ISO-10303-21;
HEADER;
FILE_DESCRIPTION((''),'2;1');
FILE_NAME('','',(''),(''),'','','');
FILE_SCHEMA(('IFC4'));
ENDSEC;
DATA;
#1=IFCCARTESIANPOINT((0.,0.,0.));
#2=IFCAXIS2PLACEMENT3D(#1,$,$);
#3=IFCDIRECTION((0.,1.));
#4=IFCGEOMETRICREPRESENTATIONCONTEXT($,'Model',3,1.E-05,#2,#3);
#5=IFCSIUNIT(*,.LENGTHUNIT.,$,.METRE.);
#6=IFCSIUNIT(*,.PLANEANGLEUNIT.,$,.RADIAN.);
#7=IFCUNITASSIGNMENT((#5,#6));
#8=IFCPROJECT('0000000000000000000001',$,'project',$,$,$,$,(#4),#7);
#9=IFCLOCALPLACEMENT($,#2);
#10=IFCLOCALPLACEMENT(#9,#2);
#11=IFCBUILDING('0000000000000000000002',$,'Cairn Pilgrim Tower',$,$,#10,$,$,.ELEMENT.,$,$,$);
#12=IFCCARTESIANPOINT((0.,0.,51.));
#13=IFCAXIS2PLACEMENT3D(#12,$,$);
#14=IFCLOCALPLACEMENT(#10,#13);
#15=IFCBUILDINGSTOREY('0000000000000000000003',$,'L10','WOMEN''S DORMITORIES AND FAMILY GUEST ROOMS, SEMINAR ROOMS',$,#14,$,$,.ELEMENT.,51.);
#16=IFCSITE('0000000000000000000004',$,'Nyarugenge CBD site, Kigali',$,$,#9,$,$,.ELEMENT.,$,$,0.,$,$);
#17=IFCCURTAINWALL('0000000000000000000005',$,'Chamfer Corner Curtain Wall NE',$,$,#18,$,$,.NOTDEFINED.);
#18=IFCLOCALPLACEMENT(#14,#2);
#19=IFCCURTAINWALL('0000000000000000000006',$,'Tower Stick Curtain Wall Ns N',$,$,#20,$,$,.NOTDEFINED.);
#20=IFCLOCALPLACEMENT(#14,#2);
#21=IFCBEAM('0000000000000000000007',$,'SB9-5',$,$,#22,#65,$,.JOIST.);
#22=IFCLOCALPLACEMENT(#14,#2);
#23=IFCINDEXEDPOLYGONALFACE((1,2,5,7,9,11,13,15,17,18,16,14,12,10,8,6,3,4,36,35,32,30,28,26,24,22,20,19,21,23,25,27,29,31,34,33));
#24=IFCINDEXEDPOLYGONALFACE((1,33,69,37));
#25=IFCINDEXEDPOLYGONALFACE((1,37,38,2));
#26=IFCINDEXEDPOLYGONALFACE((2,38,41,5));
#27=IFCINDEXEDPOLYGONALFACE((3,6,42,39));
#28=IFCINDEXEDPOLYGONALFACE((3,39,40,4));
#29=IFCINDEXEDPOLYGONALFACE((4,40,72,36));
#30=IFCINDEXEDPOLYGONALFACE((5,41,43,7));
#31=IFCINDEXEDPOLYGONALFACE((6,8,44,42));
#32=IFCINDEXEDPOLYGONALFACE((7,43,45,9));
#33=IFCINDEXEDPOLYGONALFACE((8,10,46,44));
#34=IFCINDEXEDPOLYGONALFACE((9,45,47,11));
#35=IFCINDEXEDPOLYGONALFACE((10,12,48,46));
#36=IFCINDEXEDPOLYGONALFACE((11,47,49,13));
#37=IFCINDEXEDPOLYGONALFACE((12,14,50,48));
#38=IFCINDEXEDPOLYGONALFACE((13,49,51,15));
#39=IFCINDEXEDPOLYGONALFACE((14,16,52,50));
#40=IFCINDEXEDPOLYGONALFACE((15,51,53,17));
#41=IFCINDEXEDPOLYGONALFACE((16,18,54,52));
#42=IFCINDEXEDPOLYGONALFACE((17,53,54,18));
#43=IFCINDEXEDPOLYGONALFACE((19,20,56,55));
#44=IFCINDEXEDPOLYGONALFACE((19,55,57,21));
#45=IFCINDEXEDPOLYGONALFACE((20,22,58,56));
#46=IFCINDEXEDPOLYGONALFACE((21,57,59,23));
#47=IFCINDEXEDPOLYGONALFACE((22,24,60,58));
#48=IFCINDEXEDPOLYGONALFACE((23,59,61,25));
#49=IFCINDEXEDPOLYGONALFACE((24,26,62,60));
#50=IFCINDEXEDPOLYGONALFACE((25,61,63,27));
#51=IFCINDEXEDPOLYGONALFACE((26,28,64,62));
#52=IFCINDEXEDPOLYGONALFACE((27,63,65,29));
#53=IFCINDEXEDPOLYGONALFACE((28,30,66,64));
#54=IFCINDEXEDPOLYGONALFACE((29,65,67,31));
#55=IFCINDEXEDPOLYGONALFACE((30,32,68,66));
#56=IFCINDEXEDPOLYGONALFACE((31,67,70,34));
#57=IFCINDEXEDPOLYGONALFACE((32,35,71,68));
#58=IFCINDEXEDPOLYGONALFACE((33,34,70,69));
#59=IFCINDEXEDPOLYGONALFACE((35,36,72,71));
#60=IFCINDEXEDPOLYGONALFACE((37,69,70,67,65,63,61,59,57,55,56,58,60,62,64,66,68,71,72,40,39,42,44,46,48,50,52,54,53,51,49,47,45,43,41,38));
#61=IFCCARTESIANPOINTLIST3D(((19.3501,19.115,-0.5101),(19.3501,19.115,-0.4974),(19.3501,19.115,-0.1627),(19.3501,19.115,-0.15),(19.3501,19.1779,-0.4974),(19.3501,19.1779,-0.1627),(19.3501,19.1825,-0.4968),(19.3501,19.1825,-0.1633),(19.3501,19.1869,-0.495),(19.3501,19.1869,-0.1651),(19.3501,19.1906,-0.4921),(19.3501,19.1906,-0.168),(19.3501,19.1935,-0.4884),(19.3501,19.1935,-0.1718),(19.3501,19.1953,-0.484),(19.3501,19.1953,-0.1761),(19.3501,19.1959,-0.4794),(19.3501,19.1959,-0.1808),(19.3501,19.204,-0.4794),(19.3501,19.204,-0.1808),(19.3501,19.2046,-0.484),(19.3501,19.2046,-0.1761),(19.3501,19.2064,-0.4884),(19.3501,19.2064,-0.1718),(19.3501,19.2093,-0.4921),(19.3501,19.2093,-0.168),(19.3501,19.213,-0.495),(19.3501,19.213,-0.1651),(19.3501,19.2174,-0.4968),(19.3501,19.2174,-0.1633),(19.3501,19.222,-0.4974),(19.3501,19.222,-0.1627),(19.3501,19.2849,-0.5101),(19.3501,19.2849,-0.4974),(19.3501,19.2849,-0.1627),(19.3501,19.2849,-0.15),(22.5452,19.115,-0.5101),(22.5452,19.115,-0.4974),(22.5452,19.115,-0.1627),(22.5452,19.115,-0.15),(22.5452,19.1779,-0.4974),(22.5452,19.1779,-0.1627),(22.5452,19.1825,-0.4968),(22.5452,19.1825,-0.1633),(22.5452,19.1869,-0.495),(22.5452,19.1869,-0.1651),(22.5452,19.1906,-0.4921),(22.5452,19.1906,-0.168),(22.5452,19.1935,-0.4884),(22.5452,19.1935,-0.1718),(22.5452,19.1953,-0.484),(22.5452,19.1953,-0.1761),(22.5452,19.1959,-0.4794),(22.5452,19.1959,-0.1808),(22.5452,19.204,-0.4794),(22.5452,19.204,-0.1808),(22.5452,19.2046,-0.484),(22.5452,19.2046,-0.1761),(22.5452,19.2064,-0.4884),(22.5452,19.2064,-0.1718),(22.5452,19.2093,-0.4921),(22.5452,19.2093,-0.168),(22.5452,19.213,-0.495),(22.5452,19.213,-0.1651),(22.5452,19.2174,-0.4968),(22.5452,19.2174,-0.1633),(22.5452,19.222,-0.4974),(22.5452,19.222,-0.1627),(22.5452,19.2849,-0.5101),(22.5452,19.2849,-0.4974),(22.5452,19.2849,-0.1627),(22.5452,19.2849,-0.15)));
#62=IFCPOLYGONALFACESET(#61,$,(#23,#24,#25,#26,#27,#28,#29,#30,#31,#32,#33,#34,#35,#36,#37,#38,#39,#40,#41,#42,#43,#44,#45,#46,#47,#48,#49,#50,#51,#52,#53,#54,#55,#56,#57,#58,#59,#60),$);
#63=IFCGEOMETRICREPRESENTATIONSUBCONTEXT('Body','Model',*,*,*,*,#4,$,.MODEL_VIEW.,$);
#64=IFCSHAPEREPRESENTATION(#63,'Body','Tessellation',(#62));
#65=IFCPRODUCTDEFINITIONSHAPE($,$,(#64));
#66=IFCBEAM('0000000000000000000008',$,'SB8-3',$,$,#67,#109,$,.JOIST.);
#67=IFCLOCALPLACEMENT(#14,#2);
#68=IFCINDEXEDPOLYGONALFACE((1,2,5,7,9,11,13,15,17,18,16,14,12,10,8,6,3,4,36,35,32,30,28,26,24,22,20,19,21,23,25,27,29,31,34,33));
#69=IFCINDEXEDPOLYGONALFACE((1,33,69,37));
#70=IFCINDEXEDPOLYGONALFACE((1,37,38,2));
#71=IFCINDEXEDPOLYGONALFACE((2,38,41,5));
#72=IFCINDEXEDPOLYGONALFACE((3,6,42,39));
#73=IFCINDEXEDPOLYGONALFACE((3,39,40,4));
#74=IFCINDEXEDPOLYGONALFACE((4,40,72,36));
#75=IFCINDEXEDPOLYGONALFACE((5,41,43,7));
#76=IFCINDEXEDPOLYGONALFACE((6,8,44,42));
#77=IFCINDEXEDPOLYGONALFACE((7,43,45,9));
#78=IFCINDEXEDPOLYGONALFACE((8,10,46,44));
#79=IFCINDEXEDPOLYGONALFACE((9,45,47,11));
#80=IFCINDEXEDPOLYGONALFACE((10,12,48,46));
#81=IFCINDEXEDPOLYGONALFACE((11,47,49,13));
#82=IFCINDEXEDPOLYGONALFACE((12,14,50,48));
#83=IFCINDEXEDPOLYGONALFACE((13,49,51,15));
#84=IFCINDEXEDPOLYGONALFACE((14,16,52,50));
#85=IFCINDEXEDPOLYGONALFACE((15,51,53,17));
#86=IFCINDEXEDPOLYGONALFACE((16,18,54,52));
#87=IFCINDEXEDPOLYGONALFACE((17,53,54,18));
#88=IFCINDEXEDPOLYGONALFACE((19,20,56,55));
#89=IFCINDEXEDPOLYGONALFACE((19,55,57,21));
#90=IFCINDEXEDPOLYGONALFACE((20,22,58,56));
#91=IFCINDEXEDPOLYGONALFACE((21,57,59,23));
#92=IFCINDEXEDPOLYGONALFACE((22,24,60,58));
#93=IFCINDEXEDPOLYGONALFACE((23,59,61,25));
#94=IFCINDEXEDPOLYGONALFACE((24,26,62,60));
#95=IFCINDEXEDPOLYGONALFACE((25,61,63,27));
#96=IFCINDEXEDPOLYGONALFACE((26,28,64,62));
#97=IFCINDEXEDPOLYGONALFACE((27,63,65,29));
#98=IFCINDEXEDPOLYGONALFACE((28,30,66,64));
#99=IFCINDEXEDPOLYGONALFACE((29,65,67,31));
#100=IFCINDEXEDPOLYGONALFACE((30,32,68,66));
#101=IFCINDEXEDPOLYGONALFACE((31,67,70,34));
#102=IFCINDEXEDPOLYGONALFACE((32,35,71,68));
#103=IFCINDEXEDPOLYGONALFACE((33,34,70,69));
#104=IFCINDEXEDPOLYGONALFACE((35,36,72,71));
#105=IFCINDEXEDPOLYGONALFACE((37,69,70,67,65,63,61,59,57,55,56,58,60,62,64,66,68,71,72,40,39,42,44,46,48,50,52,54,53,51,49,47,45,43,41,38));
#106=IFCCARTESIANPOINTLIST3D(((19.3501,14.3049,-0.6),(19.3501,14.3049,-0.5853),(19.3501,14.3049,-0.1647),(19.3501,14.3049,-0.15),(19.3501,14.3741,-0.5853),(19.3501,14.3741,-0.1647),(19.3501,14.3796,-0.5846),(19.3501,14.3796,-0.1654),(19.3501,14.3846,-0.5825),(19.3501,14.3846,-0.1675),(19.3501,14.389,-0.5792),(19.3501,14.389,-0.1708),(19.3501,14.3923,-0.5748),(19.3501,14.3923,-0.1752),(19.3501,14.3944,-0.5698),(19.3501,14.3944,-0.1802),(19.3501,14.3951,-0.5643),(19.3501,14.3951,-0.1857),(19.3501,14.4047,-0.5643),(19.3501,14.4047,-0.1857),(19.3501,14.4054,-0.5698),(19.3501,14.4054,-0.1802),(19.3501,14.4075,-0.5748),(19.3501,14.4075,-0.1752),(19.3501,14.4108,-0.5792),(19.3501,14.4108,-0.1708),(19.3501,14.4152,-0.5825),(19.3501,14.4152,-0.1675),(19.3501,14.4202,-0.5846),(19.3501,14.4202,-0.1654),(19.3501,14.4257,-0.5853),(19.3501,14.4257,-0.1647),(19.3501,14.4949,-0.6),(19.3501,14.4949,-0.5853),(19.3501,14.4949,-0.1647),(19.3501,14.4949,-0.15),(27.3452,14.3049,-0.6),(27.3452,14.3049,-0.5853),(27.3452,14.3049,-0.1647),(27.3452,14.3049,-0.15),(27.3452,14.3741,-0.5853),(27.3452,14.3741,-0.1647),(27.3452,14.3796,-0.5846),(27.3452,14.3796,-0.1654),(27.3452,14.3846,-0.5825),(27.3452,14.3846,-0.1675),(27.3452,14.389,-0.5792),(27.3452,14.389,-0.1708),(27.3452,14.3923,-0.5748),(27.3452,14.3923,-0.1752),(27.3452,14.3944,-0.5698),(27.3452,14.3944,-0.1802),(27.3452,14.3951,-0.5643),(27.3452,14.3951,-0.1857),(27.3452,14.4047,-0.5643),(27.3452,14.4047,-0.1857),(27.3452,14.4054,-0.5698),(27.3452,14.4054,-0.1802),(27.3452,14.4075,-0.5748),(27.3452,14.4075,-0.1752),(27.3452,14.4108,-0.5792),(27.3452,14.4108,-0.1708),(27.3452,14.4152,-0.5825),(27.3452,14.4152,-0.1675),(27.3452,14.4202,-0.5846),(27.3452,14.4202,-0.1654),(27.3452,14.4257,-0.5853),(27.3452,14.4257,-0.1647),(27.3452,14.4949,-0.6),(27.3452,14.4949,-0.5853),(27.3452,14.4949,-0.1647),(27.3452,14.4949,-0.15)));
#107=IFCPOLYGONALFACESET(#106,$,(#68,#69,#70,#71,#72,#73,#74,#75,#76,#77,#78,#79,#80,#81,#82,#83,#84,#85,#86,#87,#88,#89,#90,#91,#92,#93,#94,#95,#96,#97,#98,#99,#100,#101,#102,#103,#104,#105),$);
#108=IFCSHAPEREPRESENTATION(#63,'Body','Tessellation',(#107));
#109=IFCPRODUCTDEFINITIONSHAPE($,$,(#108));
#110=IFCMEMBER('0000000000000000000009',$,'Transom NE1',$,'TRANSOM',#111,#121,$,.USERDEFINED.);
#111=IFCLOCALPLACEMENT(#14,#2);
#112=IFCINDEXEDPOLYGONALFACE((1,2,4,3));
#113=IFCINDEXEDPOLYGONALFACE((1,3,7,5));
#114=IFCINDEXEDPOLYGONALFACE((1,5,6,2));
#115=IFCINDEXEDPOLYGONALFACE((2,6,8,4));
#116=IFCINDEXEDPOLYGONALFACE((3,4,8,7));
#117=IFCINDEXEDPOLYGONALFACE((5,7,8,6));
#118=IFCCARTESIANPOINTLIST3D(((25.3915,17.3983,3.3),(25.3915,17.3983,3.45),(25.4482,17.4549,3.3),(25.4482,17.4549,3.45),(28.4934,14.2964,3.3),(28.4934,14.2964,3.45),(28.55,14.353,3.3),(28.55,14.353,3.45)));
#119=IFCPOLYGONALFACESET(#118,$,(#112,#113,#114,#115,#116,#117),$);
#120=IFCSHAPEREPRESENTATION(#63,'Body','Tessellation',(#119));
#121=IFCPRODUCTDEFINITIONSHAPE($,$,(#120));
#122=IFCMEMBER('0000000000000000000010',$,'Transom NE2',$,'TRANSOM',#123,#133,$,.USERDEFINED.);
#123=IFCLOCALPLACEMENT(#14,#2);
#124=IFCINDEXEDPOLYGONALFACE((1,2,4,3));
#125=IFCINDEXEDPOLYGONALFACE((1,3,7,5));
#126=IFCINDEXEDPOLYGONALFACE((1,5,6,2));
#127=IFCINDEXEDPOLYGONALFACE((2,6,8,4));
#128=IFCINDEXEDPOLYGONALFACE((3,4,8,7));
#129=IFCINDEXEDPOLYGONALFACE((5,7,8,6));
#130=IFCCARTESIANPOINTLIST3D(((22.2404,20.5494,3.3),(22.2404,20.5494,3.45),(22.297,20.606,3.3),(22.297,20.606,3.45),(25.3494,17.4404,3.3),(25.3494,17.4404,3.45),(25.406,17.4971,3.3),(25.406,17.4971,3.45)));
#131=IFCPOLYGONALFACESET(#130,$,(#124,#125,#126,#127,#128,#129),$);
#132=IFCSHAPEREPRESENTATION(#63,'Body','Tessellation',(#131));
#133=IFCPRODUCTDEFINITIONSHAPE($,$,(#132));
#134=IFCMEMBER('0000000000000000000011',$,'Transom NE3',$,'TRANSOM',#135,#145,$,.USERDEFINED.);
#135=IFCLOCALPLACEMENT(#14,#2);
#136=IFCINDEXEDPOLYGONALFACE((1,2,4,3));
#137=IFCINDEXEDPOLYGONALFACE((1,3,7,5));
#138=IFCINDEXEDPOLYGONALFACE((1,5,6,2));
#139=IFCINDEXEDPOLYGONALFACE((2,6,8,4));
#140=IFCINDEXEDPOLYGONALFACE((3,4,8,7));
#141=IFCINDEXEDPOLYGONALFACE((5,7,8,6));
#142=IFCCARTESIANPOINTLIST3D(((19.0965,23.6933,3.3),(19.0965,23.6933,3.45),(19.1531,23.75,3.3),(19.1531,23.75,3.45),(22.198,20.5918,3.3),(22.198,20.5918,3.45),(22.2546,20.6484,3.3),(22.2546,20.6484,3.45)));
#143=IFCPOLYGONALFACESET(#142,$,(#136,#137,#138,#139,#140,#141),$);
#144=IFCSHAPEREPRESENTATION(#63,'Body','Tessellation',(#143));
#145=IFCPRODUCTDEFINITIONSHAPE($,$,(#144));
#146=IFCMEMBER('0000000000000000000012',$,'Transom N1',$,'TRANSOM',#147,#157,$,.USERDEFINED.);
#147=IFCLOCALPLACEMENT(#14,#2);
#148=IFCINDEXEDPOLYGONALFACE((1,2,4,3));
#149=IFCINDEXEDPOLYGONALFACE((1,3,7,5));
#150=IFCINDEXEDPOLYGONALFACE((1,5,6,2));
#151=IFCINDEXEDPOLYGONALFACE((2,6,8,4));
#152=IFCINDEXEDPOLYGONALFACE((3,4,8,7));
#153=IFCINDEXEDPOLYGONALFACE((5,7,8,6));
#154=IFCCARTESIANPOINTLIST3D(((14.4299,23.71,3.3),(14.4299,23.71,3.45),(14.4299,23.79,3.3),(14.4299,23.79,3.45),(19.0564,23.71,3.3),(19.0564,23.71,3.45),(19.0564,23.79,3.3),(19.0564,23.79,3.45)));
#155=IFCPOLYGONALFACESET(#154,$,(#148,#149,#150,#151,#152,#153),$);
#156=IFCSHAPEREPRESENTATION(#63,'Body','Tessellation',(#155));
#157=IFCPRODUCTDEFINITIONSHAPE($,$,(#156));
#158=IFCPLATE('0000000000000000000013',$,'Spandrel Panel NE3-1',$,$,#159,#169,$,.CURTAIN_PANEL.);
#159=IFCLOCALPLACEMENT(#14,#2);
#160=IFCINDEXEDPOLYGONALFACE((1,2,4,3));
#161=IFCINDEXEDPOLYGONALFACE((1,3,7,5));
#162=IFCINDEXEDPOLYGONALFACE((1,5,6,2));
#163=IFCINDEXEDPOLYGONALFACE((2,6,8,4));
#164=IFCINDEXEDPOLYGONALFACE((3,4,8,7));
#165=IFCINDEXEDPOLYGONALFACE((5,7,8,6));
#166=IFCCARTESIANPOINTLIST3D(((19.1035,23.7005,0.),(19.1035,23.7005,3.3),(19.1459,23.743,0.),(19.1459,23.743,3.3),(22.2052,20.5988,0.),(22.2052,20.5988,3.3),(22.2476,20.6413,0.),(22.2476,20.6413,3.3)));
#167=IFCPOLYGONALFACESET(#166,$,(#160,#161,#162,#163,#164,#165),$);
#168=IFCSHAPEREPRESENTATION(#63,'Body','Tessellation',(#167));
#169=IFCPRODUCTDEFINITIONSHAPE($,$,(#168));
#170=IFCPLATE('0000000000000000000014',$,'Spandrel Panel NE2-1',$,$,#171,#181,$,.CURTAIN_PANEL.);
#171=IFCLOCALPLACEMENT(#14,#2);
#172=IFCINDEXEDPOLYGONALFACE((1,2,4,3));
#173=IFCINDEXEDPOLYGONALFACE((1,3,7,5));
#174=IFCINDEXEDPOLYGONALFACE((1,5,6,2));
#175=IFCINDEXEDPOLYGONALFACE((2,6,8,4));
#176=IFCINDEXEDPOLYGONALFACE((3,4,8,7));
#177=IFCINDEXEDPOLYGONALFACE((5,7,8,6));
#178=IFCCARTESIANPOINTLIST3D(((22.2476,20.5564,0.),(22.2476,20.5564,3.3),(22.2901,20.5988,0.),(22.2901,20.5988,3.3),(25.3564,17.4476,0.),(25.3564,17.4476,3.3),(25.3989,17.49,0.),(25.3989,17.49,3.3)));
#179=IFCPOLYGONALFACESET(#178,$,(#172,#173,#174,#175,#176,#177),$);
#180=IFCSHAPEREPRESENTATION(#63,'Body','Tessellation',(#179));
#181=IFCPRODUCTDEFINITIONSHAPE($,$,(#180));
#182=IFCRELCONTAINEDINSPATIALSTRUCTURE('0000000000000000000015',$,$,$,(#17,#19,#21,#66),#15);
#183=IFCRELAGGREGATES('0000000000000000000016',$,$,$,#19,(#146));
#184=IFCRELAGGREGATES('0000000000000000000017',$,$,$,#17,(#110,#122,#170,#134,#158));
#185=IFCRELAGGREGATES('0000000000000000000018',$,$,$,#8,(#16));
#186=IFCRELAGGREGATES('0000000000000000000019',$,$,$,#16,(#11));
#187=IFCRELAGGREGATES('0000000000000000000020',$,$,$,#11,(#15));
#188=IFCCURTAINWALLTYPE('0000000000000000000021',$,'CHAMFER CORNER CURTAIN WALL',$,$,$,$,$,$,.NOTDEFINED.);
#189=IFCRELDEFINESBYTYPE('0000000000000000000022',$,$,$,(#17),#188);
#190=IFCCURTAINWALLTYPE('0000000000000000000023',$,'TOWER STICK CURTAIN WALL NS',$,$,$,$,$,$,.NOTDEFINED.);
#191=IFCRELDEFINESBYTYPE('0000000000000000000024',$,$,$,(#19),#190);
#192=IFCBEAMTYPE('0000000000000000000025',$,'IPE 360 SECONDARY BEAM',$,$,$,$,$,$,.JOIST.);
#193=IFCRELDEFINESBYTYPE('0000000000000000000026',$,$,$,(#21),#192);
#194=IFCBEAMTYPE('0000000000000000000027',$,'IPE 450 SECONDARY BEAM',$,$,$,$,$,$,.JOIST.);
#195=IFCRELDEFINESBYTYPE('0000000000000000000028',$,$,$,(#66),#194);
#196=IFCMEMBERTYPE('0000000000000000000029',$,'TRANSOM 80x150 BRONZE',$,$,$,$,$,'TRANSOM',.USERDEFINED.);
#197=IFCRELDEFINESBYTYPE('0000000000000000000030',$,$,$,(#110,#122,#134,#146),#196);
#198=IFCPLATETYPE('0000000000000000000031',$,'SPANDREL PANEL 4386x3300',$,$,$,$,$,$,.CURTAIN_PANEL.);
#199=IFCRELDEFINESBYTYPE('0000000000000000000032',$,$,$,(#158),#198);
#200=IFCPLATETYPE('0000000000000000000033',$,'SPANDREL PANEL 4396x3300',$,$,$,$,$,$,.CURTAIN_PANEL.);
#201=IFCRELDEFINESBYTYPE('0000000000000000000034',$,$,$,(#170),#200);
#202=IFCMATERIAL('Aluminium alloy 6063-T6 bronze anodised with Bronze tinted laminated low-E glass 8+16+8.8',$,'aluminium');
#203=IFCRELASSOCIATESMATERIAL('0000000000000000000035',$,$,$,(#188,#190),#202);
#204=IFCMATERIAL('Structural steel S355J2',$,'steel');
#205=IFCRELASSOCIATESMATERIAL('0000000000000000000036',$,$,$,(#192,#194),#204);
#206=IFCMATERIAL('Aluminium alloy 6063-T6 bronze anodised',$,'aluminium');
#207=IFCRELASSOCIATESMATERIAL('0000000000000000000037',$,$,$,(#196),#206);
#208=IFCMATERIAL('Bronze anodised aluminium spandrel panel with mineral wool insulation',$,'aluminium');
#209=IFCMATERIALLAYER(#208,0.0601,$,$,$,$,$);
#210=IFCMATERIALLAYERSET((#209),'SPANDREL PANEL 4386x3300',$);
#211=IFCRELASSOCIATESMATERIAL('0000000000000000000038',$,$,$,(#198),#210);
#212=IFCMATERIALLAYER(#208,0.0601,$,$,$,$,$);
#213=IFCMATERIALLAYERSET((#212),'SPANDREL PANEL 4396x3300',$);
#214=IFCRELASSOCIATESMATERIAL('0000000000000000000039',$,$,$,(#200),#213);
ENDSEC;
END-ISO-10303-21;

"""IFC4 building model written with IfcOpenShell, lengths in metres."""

from ifc_helpers import new_model, si_unit, direction, frame, origin, origin_2d, place, context, subcontext, project, spatial, rectangle, i_section, extrude, material, layer, layer_set, material_profile, profile_set, type_object, element, aggregate, save


model = new_model("IFC4")

# Units and contexts
model_context = context("Model", 3, precision=1e-05, world=origin(), true_north=direction((0.0, 1.0)))
body_context = subcontext(model_context, "Body", "Model", "MODEL_VIEW")
ifc_project = project(units=[si_unit("LENGTHUNIT", "METRE"), si_unit("PLANEANGLEUNIT", "RADIAN")], contexts=[model_context])

# Site, building, storey
site_placement = place(None, origin())
site = spatial("IfcSite", under=ifc_project, at=site_placement, Name="Nyarugenge CBD site, Kigali", CompositionType="ELEMENT", RefElevation=0.0)
building_placement = place(site_placement, origin())
building = spatial("IfcBuilding", under=site, at=building_placement, Name="Cairn Pilgrim Tower", CompositionType="ELEMENT")
storey_placement = place(building_placement, frame((0.0, 0.0, 51.0)))
storey = spatial("IfcBuildingStorey", under=building, at=storey_placement, Name="L10", Description="WOMEN'S DORMITORIES AND FAMILY GUEST ROOMS, SEMINAR ROOMS", CompositionType="ELEMENT", Elevation=51.0)

# Shared definitions
ifc_material_1 = material(Name="Structural steel S355J2", Category="steel")

# Curtain wall
ifc_material_2 = material(Name="Aluminium alloy 6063-T6 bronze anodised with Bronze tinted laminated low-E glass 8+16+8.8", Category="aluminium")
curtain_wall_type_1 = type_object("IfcCurtainWallType", Name="CHAMFER CORNER CURTAIN WALL", PredefinedType="NOTDEFINED", material=ifc_material_2)
curtain_wall_1_placement = place(storey_placement, origin())
curtain_wall_1 = element("IfcCurtainWall", 1, at=curtain_wall_1_placement, inside=storey, type_object=curtain_wall_type_1, Name="Chamfer Corner Curtain Wall NE", PredefinedType="NOTDEFINED")
ifc_material_3 = material(Name="Aluminium alloy 6063-T6 bronze anodised", Category="aluminium")

# Curtain wall
curtain_wall_type_2 = type_object("IfcCurtainWallType", Name="TOWER STICK CURTAIN WALL NS", PredefinedType="NOTDEFINED", material=ifc_material_2)
curtain_wall_2_placement = place(storey_placement, origin())
curtain_wall_2 = element("IfcCurtainWall", 2, at=curtain_wall_2_placement, inside=storey, type_object=curtain_wall_type_2, Name="Tower Stick Curtain Wall Ns N", PredefinedType="NOTDEFINED")

# Beams
ifc_material_profile_1 = material_profile(ifc_material_1, i_section(OverallWidth=0.1699, OverallDepth=0.3601, WebThickness=0.0081, FlangeThickness=0.0127, FilletRadius=0.0181, at=origin_2d()), Name="IPE 360")
ifc_profile_set_1 = profile_set([ifc_material_profile_1], Name="Structural steel S355J2")
beam_type_1 = type_object("IfcBeamType", Name="IPE 360 SECONDARY BEAM", PredefinedType="JOIST", material=ifc_profile_set_1)
beam_1_placement = place(storey_placement, frame((19.3501, 19.2, -0.3301), z_axis=(1.0, 0.0, 0.0), x_axis=(0.0, 1.0, 0.0)))
element("IfcBeam", 3, at=beam_1_placement, inside=storey, type_object=beam_type_1, Name="SB9-5", PredefinedType="JOIST", context=body_context, shape_type="SweptSolid", body=[
    extrude(i_section(OverallWidth=0.1699, OverallDepth=0.3601, WebThickness=0.0081, FlangeThickness=0.0127, FilletRadius=0.0181, at=origin_2d()), origin(), (0.0, 0.0, 1.0), 3.1951),
])
ifc_material_profile_2 = material_profile(ifc_material_1, i_section(OverallWidth=0.1899, OverallDepth=0.45, WebThickness=0.0095, FlangeThickness=0.0146, FilletRadius=0.021, at=origin_2d()), Name="IPE 450")
ifc_profile_set_2 = profile_set([ifc_material_profile_2], Name="Structural steel S355J2")
beam_type_2 = type_object("IfcBeamType", Name="IPE 450 SECONDARY BEAM", PredefinedType="JOIST", material=ifc_profile_set_2)
beam_2_placement = place(storey_placement, frame((19.3501, 14.3999, -0.375), z_axis=(1.0, 0.0, 0.0), x_axis=(0.0, 1.0, 0.0)))
element("IfcBeam", 4, at=beam_2_placement, inside=storey, type_object=beam_type_2, Name="SB8-3", PredefinedType="JOIST", context=body_context, shape_type="SweptSolid", body=[
    extrude(i_section(OverallWidth=0.1899, OverallDepth=0.45, WebThickness=0.0095, FlangeThickness=0.0146, FilletRadius=0.021, at=origin_2d()), origin(), (0.0, 0.0, 1.0), 7.9951),
])

# Members
ifc_material_profile_3 = material_profile(ifc_material_3, rectangle(XDim=0.0801, YDim=0.1499, at=origin_2d()), Name="TRANSOM 80x150 BRONZE")
ifc_profile_set_3 = profile_set([ifc_material_profile_3], Name="Aluminium alloy 6063-T6 bronze anodised")
member_type_1 = type_object("IfcMemberType", Name="TRANSOM 80x150 BRONZE", ElementType="TRANSOM", PredefinedType="USERDEFINED", material=ifc_profile_set_3)
member_1_placement = place(storey_placement, frame((28.5217, 14.3247, 3.375), z_axis=(-0.707107, 0.707107, 0.0), x_axis=(-0.707107, -0.707107, 0.0)))
member_1 = element("IfcMember", 5, at=member_1_placement, type_object=member_type_1, Name="Transom NE1", ObjectType="TRANSOM", PredefinedType="USERDEFINED", context=body_context, shape_type="SweptSolid", body=[
    extrude(rectangle(XDim=0.0801, YDim=0.1499, at=origin_2d()), origin(), (0.0, 0.0, 1.0), 4.3867),
])
member_2_placement = place(storey_placement, frame((25.3777, 17.4688, 3.375), z_axis=(-0.707107, 0.707107, 0.0), x_axis=(-0.707107, -0.707107, 0.0)))
member_2 = element("IfcMember", 6, at=member_2_placement, type_object=member_type_1, Name="Transom NE2", ObjectType="TRANSOM", PredefinedType="USERDEFINED", context=body_context, shape_type="SweptSolid", body=[
    extrude(rectangle(XDim=0.0801, YDim=0.1499, at=origin_2d()), origin(), (0.0, 0.0, 1.0), 4.3967),
])
member_3_placement = place(storey_placement, frame((22.2263, 20.6201, 3.375), z_axis=(-0.707107, 0.707107, 0.0), x_axis=(-0.707107, -0.707107, 0.0)))
member_3 = element("IfcMember", 7, at=member_3_placement, type_object=member_type_1, Name="Transom NE3", ObjectType="TRANSOM", PredefinedType="USERDEFINED", context=body_context, shape_type="SweptSolid", body=[
    extrude(rectangle(XDim=0.0801, YDim=0.1499, at=origin_2d()), origin(), (0.0, 0.0, 1.0), 4.3862),
])
member_4_placement = place(storey_placement, frame((19.0564, 23.75, 3.375), z_axis=(-1.0, 0.0, 0.0), x_axis=(0.0, -1.0, 0.0)))
member_4 = element("IfcMember", 8, at=member_4_placement, type_object=member_type_1, Name="Transom N1", ObjectType="TRANSOM", PredefinedType="USERDEFINED", context=body_context, shape_type="SweptSolid", body=[
    extrude(rectangle(XDim=0.0801, YDim=0.1499, at=origin_2d()), origin(), (0.0, 0.0, 1.0), 4.6265),
])
aggregate(curtain_wall_2, [member_4])

# Plates
ifc_material_4 = material(Name="Bronze anodised aluminium spandrel panel with mineral wool insulation", Category="aluminium")
ifc_layer_1 = layer(ifc_material_4, 0.0601)
ifc_layer_set_1 = layer_set([ifc_layer_1], Name="SPANDREL PANEL 4386x3300")
plate_type_1 = type_object("IfcPlateType", Name="SPANDREL PANEL 4386x3300", PredefinedType="CURTAIN_PANEL", material=ifc_layer_set_1)
plate_1_placement = place(storey_placement, frame((20.6755, 22.1709, 0.0), z_axis=(0.0, 0.0, 1.0), x_axis=(-0.707107, 0.707107, 0.0)))
plate_1 = element("IfcPlate", 9, at=plate_1_placement, type_object=plate_type_1, Name="Spandrel Panel NE3-1", PredefinedType="CURTAIN_PANEL", context=body_context, shape_type="SweptSolid", body=[
    extrude(rectangle(XDim=4.3865, YDim=0.0601, at=origin_2d()), origin(), (0.0, 0.0, 1.0), 3.3),
])
ifc_layer_2 = layer(ifc_material_4, 0.0601)
ifc_layer_set_2 = layer_set([ifc_layer_2], Name="SPANDREL PANEL 4396x3300")
plate_type_2 = type_object("IfcPlateType", Name="SPANDREL PANEL 4396x3300", PredefinedType="CURTAIN_PANEL", material=ifc_layer_set_2)
plate_2_placement = place(storey_placement, frame((23.8232, 19.0232, 0.0), z_axis=(0.0, 0.0, 1.0), x_axis=(-0.707107, 0.707107, 0.0)))
plate_2 = element("IfcPlate", 10, at=plate_2_placement, type_object=plate_type_2, Name="Spandrel Panel NE2-1", PredefinedType="CURTAIN_PANEL", context=body_context, shape_type="SweptSolid", body=[
    extrude(rectangle(XDim=4.3965, YDim=0.0601, at=origin_2d()), origin(), (0.0, 0.0, 1.0), 3.3),
])
aggregate(curtain_wall_1, [member_1, member_2, plate_2, member_3, plate_1])

save(model, "model.ifc")
